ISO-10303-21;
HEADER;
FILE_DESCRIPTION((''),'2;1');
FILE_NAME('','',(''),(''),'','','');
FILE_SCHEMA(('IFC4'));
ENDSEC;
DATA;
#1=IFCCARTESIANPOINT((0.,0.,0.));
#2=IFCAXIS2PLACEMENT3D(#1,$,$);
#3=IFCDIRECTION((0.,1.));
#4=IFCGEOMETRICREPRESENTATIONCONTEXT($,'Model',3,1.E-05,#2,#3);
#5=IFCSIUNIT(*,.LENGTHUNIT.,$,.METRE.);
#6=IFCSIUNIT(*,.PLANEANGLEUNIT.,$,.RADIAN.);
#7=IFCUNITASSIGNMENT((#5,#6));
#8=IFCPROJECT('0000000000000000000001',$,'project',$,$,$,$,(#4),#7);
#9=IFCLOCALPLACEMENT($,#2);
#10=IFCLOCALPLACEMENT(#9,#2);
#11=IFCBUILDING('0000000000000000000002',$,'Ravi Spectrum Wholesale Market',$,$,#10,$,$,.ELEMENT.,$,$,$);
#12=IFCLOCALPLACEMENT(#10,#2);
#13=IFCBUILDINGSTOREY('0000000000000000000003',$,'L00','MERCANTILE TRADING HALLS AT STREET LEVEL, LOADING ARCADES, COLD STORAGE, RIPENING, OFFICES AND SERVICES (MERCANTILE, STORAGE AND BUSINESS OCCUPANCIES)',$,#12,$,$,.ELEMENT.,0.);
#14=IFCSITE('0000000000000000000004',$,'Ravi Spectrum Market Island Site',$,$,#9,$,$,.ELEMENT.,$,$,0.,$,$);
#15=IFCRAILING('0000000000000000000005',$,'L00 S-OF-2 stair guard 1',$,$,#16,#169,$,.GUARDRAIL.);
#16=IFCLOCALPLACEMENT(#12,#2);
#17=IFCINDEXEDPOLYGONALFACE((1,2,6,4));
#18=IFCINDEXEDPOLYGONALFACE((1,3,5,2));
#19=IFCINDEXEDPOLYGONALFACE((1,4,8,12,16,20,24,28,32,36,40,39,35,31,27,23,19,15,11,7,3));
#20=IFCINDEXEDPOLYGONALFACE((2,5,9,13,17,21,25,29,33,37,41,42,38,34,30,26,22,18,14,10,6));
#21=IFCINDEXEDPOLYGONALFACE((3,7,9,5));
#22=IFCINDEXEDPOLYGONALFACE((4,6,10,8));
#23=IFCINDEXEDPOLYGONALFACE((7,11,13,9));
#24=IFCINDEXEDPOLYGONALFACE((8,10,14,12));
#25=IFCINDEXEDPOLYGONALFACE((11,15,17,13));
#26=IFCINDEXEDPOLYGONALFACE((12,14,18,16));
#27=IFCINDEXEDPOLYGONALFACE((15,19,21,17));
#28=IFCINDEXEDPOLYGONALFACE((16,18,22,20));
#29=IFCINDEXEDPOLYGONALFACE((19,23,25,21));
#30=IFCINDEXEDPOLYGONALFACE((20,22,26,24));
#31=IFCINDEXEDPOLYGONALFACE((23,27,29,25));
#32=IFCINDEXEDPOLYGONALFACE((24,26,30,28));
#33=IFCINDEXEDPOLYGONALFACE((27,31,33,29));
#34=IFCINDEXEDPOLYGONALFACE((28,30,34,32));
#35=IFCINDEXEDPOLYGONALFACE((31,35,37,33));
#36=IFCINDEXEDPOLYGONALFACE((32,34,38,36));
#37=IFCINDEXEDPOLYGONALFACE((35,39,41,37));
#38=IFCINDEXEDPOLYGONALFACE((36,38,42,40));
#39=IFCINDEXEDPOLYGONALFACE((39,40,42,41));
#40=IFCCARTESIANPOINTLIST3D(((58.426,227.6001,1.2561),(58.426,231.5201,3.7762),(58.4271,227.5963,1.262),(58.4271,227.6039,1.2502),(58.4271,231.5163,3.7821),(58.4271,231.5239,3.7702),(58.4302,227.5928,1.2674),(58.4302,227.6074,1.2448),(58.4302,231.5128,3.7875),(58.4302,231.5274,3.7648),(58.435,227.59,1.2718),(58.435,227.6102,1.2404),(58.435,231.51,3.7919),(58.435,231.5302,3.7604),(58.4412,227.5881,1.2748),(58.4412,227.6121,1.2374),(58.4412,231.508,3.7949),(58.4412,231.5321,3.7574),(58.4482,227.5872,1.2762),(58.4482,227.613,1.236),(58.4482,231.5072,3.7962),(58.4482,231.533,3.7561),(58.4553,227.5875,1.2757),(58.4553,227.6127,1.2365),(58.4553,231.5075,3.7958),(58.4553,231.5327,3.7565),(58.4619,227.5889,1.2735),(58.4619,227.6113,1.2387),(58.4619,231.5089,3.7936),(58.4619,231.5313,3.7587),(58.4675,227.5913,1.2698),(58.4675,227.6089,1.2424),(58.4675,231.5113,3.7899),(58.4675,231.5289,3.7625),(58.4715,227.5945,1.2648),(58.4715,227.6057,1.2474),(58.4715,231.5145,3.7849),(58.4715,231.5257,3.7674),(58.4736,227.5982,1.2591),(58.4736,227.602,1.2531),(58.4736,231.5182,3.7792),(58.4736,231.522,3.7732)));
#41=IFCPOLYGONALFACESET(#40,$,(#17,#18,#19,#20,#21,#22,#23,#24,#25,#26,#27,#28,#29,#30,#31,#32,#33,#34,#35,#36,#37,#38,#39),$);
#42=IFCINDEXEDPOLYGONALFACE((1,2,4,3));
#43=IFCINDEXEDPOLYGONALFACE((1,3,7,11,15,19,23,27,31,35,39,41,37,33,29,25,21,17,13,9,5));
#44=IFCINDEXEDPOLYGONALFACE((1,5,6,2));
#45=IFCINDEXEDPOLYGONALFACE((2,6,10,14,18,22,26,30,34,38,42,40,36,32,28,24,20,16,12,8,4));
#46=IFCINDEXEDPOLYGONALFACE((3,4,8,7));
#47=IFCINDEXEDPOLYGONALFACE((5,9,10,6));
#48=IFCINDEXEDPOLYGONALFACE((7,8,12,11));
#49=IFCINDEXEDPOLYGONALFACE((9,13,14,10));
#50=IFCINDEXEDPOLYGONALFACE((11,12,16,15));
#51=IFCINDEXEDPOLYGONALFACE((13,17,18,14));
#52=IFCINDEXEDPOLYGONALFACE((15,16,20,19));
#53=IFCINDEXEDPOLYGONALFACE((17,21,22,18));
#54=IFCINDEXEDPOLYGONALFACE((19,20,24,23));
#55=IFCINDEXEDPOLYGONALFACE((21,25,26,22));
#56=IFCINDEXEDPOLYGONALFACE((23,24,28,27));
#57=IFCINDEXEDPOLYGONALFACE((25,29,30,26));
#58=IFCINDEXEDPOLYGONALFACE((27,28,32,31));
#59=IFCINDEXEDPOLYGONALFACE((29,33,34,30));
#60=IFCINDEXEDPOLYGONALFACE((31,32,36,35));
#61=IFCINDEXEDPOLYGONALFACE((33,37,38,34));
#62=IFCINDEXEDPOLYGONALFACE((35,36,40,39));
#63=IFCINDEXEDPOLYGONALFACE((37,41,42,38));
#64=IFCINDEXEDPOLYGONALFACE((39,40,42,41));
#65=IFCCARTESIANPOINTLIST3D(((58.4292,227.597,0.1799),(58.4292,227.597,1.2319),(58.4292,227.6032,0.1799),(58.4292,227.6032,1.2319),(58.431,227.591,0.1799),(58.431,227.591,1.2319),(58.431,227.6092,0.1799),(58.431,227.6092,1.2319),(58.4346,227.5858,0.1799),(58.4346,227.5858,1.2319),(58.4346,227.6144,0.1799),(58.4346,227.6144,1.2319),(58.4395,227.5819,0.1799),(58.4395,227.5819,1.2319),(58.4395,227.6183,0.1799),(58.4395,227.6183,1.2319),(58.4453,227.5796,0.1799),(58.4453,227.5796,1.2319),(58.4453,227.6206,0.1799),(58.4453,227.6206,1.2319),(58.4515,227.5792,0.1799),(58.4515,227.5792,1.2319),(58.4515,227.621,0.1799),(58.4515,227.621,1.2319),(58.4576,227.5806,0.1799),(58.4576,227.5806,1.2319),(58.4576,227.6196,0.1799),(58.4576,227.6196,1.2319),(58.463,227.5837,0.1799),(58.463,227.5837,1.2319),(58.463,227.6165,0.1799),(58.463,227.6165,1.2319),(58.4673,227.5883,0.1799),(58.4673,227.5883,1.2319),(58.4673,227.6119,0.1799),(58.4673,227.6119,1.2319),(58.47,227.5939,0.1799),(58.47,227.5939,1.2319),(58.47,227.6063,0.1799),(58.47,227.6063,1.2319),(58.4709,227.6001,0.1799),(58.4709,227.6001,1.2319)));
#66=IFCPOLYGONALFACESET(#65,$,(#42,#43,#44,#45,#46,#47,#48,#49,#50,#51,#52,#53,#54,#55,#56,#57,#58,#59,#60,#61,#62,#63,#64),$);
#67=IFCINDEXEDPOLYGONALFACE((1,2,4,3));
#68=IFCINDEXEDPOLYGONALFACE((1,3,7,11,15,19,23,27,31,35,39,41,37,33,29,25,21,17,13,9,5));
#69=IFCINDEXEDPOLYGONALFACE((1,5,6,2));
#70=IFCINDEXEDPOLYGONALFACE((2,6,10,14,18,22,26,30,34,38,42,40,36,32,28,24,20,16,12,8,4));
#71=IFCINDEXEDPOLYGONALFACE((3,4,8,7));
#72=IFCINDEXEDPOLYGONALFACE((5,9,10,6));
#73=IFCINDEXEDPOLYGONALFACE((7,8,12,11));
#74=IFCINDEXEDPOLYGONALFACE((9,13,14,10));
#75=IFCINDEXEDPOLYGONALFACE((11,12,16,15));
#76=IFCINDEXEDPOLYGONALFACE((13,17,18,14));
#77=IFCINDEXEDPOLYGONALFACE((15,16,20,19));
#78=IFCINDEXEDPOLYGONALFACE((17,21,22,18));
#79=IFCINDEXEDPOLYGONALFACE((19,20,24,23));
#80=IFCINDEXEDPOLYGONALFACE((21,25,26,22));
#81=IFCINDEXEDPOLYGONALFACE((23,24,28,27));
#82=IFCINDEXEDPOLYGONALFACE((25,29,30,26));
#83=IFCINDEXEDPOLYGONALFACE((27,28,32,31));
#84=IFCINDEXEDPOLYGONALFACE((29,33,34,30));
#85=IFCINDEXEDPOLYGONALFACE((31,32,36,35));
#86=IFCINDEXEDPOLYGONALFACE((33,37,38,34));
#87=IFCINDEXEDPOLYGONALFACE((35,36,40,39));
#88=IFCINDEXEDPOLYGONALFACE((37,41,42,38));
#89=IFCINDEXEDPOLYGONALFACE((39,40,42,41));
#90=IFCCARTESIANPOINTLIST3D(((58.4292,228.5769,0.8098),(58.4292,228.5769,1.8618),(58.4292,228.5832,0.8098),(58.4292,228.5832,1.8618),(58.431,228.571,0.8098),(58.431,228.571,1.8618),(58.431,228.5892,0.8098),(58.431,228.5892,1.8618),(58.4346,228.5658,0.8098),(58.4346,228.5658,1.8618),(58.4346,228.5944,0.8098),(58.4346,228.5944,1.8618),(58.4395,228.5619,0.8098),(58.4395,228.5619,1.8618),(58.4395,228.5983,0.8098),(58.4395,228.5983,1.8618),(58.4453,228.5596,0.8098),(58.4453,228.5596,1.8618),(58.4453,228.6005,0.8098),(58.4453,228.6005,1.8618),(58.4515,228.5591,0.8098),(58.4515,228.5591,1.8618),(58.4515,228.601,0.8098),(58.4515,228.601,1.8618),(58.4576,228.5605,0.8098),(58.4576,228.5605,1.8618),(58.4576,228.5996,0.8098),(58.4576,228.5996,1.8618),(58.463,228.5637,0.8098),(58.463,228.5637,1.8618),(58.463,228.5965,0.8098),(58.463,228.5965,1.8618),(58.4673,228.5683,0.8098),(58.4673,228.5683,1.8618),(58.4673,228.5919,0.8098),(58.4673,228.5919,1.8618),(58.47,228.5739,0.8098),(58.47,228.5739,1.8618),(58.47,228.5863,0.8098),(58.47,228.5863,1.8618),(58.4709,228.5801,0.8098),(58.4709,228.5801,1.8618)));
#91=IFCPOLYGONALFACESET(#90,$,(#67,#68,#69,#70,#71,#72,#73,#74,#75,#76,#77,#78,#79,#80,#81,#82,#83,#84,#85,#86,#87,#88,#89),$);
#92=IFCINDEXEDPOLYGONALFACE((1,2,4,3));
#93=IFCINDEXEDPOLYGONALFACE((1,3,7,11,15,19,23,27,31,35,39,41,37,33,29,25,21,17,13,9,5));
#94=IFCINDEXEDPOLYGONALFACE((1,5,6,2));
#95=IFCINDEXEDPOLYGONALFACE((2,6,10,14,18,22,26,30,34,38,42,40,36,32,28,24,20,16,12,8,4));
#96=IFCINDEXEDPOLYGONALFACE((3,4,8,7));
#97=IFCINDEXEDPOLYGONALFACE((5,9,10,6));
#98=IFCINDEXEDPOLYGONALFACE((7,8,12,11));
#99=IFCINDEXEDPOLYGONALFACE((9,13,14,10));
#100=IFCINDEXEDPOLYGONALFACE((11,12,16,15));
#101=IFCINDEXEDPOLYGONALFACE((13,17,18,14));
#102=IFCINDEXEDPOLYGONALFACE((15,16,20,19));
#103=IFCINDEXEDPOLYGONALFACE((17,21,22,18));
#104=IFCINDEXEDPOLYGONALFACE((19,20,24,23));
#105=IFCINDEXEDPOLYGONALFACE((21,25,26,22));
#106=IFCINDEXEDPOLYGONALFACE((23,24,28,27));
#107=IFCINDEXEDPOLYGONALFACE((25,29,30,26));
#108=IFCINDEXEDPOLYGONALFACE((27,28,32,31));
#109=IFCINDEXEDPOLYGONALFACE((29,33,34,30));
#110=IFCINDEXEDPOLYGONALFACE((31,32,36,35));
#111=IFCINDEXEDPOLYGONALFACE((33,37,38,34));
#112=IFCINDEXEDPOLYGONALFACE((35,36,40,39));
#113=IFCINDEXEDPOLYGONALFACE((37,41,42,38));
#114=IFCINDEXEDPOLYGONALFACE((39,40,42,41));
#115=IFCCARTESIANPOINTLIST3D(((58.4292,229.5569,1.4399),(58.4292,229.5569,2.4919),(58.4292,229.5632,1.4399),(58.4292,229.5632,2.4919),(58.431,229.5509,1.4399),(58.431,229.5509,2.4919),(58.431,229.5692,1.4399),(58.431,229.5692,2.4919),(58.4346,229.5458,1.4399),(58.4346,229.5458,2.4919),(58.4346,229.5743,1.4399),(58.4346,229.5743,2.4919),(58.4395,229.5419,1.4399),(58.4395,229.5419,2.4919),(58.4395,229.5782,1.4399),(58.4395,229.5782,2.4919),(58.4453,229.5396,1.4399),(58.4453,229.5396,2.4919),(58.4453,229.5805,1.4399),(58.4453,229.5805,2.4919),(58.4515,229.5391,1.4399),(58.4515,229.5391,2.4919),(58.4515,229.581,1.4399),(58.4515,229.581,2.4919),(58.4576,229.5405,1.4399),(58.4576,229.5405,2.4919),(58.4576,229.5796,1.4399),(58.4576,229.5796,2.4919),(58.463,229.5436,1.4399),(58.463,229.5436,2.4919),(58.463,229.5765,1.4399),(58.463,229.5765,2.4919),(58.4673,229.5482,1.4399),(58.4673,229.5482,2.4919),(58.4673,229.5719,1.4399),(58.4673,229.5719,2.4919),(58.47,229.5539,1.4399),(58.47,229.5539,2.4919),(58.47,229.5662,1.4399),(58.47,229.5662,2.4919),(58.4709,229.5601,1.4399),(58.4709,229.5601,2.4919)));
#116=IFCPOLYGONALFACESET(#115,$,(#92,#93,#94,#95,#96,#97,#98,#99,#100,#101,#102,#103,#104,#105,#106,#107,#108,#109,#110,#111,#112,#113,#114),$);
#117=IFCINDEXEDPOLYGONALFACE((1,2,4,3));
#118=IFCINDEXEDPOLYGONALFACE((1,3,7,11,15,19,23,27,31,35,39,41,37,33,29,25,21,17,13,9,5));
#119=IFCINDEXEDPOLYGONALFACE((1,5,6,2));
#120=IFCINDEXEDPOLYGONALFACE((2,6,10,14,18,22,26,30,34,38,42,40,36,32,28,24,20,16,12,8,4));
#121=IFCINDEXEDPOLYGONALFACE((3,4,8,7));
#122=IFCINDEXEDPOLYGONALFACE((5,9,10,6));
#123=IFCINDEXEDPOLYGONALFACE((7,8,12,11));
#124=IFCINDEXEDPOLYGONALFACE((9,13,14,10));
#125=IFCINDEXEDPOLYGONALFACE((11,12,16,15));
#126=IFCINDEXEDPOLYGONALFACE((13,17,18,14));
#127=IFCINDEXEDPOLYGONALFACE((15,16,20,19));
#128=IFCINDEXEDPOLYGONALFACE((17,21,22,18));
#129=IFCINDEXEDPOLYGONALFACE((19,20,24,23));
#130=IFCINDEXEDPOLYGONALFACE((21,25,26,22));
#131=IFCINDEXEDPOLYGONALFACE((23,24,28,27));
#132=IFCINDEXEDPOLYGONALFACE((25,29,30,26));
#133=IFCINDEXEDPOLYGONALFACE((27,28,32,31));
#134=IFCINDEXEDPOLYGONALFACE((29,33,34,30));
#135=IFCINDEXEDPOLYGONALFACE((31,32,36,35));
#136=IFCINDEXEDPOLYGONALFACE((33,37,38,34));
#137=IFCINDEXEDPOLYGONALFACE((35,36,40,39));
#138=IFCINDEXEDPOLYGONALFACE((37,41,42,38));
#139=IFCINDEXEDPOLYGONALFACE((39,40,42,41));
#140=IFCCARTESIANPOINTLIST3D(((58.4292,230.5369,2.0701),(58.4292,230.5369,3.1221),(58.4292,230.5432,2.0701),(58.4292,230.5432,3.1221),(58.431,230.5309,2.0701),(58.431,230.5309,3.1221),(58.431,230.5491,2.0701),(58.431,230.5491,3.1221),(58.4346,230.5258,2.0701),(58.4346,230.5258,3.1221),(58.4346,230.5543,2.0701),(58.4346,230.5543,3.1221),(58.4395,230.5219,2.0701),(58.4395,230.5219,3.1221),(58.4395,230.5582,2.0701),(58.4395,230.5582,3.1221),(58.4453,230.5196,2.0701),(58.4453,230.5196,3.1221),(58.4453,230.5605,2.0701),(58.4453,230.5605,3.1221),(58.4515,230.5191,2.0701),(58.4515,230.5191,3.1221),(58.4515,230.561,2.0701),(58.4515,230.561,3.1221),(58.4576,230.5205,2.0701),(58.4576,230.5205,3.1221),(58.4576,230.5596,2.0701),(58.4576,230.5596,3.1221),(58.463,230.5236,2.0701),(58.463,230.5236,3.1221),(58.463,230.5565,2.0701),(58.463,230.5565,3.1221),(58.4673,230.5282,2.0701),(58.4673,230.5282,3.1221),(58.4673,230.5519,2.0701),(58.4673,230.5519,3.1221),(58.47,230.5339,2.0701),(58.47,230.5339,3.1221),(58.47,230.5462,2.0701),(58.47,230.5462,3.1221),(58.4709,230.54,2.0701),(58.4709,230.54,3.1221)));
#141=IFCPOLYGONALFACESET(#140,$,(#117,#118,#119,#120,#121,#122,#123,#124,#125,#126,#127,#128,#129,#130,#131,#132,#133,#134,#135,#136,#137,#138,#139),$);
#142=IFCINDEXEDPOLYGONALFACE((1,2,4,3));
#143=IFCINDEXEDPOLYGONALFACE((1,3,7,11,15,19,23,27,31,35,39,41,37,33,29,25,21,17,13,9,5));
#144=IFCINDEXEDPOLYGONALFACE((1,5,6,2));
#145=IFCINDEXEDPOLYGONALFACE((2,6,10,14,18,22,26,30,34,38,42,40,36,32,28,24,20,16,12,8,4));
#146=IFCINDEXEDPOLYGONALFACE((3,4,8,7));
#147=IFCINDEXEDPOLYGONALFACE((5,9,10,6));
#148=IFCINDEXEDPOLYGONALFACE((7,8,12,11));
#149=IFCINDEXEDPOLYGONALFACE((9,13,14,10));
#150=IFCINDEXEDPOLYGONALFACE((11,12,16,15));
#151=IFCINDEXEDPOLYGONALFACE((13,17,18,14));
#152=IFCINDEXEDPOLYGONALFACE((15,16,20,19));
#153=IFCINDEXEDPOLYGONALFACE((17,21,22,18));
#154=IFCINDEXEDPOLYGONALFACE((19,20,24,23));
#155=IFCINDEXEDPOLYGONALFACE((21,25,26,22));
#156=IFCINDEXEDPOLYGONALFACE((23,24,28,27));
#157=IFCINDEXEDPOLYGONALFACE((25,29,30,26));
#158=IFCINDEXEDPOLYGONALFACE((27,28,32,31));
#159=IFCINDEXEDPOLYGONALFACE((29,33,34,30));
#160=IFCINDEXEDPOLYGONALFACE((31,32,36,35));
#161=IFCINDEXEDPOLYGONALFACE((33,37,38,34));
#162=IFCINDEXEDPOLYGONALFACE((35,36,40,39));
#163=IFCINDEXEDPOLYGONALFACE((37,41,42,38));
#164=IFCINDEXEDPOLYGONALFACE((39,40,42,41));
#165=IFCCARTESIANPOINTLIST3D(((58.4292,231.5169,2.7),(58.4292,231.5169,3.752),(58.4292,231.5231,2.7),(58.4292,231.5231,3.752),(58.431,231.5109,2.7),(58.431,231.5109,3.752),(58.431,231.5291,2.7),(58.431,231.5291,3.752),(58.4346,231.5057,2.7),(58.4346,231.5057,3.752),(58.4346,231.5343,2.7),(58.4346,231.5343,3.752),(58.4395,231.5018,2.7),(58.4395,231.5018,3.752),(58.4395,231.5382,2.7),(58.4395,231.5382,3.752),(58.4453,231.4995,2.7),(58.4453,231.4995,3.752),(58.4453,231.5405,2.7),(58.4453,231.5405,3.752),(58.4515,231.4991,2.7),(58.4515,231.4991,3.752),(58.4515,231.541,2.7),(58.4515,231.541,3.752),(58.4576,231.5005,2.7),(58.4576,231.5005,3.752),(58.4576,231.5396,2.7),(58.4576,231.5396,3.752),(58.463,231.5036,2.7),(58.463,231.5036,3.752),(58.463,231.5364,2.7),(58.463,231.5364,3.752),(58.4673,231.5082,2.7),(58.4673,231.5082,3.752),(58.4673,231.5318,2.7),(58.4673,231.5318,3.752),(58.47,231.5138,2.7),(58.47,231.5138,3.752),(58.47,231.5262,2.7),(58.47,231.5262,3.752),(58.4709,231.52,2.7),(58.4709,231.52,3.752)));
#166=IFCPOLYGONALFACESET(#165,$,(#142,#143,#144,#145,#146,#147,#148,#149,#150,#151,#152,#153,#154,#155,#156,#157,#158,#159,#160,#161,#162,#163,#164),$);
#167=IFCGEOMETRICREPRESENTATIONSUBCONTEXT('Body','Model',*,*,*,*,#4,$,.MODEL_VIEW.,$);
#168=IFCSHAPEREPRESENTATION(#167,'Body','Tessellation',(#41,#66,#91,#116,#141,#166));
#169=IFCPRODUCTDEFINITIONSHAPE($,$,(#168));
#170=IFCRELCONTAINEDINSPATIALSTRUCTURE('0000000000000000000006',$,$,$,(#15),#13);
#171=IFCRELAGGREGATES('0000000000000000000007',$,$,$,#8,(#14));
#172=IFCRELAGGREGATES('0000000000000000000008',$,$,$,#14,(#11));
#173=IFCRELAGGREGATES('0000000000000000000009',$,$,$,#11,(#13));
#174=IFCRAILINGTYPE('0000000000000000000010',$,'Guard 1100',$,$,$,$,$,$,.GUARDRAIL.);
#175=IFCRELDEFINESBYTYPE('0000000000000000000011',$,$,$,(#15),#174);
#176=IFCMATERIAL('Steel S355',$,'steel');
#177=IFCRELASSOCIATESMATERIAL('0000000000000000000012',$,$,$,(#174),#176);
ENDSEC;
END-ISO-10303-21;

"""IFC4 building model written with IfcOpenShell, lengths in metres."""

from ifc_helpers import new_model, si_unit, direction, frame, origin, origin_2d, place, context, subcontext, project, spatial, circle, extrude, material, type_object, element, save


model = new_model("IFC4")

# Units and contexts
model_context = context("Model", 3, precision=1e-05, world=origin(), true_north=direction((0.0, 1.0)))
body_context = subcontext(model_context, "Body", "Model", "MODEL_VIEW")
ifc_project = project(units=[si_unit("LENGTHUNIT", "METRE"), si_unit("PLANEANGLEUNIT", "RADIAN")], contexts=[model_context])

# Site, building, storey
site_placement = place(None, origin())
site = spatial("IfcSite", under=ifc_project, at=site_placement, Name="Ravi Spectrum Market Island Site", CompositionType="ELEMENT", RefElevation=0.0)
building_placement = place(site_placement, origin())
building = spatial("IfcBuilding", under=site, at=building_placement, Name="Ravi Spectrum Wholesale Market", CompositionType="ELEMENT")
storey_placement = place(building_placement, origin())
storey = spatial("IfcBuildingStorey", under=building, at=storey_placement, Name="L00", Description="MERCANTILE TRADING HALLS AT STREET LEVEL, LOADING ARCADES, COLD STORAGE, RIPENING, OFFICES AND SERVICES (MERCANTILE, STORAGE AND BUSINESS OCCUPANCIES)", CompositionType="ELEMENT", Elevation=0.0)

# Railing
ifc_material_1 = material(Name="Steel S355", Category="steel")
railing_type_1 = type_object("IfcRailingType", Name="Guard 1100", PredefinedType="GUARDRAIL", material=ifc_material_1)
railing_1_placement = place(storey_placement, frame((58.45, 227.6001, 0.1799)))
element("IfcRailing", 1, at=railing_1_placement, inside=storey, type_object=railing_type_1, Name="L00 S-OF-2 stair guard 1", PredefinedType="GUARDRAIL", context=body_context, shape_type="SweptSolid", body=[
    extrude(circle(Radius=0.0239, at=origin_2d()), frame((0.0, 0.0, 1.0762), z_axis=(0.0, 0.841172, 0.540768), x_axis=(-1.0, 0.0, 0.0)), (0.0, 0.0, 1.0), 4.6602),
    extrude(circle(Radius=0.021, at=origin_2d()), origin(), (0.0, 0.0, 1.0), 1.052),
    extrude(circle(Radius=0.021, at=origin_2d()), frame((0.0, 0.98, 0.6299)), (0.0, 0.0, 1.0), 1.052),
    extrude(circle(Radius=0.021, at=origin_2d()), frame((0.0, 1.96, 1.26)), (0.0, 0.0, 1.0), 1.052),
    extrude(circle(Radius=0.021, at=origin_2d()), frame((0.0, 2.9399, 1.8901)), (0.0, 0.0, 1.0), 1.052),
    extrude(circle(Radius=0.021, at=origin_2d()), frame((0.0, 3.9199, 2.52)), (0.0, 0.0, 1.0), 1.052),
])

save(model, "model.ifc")
